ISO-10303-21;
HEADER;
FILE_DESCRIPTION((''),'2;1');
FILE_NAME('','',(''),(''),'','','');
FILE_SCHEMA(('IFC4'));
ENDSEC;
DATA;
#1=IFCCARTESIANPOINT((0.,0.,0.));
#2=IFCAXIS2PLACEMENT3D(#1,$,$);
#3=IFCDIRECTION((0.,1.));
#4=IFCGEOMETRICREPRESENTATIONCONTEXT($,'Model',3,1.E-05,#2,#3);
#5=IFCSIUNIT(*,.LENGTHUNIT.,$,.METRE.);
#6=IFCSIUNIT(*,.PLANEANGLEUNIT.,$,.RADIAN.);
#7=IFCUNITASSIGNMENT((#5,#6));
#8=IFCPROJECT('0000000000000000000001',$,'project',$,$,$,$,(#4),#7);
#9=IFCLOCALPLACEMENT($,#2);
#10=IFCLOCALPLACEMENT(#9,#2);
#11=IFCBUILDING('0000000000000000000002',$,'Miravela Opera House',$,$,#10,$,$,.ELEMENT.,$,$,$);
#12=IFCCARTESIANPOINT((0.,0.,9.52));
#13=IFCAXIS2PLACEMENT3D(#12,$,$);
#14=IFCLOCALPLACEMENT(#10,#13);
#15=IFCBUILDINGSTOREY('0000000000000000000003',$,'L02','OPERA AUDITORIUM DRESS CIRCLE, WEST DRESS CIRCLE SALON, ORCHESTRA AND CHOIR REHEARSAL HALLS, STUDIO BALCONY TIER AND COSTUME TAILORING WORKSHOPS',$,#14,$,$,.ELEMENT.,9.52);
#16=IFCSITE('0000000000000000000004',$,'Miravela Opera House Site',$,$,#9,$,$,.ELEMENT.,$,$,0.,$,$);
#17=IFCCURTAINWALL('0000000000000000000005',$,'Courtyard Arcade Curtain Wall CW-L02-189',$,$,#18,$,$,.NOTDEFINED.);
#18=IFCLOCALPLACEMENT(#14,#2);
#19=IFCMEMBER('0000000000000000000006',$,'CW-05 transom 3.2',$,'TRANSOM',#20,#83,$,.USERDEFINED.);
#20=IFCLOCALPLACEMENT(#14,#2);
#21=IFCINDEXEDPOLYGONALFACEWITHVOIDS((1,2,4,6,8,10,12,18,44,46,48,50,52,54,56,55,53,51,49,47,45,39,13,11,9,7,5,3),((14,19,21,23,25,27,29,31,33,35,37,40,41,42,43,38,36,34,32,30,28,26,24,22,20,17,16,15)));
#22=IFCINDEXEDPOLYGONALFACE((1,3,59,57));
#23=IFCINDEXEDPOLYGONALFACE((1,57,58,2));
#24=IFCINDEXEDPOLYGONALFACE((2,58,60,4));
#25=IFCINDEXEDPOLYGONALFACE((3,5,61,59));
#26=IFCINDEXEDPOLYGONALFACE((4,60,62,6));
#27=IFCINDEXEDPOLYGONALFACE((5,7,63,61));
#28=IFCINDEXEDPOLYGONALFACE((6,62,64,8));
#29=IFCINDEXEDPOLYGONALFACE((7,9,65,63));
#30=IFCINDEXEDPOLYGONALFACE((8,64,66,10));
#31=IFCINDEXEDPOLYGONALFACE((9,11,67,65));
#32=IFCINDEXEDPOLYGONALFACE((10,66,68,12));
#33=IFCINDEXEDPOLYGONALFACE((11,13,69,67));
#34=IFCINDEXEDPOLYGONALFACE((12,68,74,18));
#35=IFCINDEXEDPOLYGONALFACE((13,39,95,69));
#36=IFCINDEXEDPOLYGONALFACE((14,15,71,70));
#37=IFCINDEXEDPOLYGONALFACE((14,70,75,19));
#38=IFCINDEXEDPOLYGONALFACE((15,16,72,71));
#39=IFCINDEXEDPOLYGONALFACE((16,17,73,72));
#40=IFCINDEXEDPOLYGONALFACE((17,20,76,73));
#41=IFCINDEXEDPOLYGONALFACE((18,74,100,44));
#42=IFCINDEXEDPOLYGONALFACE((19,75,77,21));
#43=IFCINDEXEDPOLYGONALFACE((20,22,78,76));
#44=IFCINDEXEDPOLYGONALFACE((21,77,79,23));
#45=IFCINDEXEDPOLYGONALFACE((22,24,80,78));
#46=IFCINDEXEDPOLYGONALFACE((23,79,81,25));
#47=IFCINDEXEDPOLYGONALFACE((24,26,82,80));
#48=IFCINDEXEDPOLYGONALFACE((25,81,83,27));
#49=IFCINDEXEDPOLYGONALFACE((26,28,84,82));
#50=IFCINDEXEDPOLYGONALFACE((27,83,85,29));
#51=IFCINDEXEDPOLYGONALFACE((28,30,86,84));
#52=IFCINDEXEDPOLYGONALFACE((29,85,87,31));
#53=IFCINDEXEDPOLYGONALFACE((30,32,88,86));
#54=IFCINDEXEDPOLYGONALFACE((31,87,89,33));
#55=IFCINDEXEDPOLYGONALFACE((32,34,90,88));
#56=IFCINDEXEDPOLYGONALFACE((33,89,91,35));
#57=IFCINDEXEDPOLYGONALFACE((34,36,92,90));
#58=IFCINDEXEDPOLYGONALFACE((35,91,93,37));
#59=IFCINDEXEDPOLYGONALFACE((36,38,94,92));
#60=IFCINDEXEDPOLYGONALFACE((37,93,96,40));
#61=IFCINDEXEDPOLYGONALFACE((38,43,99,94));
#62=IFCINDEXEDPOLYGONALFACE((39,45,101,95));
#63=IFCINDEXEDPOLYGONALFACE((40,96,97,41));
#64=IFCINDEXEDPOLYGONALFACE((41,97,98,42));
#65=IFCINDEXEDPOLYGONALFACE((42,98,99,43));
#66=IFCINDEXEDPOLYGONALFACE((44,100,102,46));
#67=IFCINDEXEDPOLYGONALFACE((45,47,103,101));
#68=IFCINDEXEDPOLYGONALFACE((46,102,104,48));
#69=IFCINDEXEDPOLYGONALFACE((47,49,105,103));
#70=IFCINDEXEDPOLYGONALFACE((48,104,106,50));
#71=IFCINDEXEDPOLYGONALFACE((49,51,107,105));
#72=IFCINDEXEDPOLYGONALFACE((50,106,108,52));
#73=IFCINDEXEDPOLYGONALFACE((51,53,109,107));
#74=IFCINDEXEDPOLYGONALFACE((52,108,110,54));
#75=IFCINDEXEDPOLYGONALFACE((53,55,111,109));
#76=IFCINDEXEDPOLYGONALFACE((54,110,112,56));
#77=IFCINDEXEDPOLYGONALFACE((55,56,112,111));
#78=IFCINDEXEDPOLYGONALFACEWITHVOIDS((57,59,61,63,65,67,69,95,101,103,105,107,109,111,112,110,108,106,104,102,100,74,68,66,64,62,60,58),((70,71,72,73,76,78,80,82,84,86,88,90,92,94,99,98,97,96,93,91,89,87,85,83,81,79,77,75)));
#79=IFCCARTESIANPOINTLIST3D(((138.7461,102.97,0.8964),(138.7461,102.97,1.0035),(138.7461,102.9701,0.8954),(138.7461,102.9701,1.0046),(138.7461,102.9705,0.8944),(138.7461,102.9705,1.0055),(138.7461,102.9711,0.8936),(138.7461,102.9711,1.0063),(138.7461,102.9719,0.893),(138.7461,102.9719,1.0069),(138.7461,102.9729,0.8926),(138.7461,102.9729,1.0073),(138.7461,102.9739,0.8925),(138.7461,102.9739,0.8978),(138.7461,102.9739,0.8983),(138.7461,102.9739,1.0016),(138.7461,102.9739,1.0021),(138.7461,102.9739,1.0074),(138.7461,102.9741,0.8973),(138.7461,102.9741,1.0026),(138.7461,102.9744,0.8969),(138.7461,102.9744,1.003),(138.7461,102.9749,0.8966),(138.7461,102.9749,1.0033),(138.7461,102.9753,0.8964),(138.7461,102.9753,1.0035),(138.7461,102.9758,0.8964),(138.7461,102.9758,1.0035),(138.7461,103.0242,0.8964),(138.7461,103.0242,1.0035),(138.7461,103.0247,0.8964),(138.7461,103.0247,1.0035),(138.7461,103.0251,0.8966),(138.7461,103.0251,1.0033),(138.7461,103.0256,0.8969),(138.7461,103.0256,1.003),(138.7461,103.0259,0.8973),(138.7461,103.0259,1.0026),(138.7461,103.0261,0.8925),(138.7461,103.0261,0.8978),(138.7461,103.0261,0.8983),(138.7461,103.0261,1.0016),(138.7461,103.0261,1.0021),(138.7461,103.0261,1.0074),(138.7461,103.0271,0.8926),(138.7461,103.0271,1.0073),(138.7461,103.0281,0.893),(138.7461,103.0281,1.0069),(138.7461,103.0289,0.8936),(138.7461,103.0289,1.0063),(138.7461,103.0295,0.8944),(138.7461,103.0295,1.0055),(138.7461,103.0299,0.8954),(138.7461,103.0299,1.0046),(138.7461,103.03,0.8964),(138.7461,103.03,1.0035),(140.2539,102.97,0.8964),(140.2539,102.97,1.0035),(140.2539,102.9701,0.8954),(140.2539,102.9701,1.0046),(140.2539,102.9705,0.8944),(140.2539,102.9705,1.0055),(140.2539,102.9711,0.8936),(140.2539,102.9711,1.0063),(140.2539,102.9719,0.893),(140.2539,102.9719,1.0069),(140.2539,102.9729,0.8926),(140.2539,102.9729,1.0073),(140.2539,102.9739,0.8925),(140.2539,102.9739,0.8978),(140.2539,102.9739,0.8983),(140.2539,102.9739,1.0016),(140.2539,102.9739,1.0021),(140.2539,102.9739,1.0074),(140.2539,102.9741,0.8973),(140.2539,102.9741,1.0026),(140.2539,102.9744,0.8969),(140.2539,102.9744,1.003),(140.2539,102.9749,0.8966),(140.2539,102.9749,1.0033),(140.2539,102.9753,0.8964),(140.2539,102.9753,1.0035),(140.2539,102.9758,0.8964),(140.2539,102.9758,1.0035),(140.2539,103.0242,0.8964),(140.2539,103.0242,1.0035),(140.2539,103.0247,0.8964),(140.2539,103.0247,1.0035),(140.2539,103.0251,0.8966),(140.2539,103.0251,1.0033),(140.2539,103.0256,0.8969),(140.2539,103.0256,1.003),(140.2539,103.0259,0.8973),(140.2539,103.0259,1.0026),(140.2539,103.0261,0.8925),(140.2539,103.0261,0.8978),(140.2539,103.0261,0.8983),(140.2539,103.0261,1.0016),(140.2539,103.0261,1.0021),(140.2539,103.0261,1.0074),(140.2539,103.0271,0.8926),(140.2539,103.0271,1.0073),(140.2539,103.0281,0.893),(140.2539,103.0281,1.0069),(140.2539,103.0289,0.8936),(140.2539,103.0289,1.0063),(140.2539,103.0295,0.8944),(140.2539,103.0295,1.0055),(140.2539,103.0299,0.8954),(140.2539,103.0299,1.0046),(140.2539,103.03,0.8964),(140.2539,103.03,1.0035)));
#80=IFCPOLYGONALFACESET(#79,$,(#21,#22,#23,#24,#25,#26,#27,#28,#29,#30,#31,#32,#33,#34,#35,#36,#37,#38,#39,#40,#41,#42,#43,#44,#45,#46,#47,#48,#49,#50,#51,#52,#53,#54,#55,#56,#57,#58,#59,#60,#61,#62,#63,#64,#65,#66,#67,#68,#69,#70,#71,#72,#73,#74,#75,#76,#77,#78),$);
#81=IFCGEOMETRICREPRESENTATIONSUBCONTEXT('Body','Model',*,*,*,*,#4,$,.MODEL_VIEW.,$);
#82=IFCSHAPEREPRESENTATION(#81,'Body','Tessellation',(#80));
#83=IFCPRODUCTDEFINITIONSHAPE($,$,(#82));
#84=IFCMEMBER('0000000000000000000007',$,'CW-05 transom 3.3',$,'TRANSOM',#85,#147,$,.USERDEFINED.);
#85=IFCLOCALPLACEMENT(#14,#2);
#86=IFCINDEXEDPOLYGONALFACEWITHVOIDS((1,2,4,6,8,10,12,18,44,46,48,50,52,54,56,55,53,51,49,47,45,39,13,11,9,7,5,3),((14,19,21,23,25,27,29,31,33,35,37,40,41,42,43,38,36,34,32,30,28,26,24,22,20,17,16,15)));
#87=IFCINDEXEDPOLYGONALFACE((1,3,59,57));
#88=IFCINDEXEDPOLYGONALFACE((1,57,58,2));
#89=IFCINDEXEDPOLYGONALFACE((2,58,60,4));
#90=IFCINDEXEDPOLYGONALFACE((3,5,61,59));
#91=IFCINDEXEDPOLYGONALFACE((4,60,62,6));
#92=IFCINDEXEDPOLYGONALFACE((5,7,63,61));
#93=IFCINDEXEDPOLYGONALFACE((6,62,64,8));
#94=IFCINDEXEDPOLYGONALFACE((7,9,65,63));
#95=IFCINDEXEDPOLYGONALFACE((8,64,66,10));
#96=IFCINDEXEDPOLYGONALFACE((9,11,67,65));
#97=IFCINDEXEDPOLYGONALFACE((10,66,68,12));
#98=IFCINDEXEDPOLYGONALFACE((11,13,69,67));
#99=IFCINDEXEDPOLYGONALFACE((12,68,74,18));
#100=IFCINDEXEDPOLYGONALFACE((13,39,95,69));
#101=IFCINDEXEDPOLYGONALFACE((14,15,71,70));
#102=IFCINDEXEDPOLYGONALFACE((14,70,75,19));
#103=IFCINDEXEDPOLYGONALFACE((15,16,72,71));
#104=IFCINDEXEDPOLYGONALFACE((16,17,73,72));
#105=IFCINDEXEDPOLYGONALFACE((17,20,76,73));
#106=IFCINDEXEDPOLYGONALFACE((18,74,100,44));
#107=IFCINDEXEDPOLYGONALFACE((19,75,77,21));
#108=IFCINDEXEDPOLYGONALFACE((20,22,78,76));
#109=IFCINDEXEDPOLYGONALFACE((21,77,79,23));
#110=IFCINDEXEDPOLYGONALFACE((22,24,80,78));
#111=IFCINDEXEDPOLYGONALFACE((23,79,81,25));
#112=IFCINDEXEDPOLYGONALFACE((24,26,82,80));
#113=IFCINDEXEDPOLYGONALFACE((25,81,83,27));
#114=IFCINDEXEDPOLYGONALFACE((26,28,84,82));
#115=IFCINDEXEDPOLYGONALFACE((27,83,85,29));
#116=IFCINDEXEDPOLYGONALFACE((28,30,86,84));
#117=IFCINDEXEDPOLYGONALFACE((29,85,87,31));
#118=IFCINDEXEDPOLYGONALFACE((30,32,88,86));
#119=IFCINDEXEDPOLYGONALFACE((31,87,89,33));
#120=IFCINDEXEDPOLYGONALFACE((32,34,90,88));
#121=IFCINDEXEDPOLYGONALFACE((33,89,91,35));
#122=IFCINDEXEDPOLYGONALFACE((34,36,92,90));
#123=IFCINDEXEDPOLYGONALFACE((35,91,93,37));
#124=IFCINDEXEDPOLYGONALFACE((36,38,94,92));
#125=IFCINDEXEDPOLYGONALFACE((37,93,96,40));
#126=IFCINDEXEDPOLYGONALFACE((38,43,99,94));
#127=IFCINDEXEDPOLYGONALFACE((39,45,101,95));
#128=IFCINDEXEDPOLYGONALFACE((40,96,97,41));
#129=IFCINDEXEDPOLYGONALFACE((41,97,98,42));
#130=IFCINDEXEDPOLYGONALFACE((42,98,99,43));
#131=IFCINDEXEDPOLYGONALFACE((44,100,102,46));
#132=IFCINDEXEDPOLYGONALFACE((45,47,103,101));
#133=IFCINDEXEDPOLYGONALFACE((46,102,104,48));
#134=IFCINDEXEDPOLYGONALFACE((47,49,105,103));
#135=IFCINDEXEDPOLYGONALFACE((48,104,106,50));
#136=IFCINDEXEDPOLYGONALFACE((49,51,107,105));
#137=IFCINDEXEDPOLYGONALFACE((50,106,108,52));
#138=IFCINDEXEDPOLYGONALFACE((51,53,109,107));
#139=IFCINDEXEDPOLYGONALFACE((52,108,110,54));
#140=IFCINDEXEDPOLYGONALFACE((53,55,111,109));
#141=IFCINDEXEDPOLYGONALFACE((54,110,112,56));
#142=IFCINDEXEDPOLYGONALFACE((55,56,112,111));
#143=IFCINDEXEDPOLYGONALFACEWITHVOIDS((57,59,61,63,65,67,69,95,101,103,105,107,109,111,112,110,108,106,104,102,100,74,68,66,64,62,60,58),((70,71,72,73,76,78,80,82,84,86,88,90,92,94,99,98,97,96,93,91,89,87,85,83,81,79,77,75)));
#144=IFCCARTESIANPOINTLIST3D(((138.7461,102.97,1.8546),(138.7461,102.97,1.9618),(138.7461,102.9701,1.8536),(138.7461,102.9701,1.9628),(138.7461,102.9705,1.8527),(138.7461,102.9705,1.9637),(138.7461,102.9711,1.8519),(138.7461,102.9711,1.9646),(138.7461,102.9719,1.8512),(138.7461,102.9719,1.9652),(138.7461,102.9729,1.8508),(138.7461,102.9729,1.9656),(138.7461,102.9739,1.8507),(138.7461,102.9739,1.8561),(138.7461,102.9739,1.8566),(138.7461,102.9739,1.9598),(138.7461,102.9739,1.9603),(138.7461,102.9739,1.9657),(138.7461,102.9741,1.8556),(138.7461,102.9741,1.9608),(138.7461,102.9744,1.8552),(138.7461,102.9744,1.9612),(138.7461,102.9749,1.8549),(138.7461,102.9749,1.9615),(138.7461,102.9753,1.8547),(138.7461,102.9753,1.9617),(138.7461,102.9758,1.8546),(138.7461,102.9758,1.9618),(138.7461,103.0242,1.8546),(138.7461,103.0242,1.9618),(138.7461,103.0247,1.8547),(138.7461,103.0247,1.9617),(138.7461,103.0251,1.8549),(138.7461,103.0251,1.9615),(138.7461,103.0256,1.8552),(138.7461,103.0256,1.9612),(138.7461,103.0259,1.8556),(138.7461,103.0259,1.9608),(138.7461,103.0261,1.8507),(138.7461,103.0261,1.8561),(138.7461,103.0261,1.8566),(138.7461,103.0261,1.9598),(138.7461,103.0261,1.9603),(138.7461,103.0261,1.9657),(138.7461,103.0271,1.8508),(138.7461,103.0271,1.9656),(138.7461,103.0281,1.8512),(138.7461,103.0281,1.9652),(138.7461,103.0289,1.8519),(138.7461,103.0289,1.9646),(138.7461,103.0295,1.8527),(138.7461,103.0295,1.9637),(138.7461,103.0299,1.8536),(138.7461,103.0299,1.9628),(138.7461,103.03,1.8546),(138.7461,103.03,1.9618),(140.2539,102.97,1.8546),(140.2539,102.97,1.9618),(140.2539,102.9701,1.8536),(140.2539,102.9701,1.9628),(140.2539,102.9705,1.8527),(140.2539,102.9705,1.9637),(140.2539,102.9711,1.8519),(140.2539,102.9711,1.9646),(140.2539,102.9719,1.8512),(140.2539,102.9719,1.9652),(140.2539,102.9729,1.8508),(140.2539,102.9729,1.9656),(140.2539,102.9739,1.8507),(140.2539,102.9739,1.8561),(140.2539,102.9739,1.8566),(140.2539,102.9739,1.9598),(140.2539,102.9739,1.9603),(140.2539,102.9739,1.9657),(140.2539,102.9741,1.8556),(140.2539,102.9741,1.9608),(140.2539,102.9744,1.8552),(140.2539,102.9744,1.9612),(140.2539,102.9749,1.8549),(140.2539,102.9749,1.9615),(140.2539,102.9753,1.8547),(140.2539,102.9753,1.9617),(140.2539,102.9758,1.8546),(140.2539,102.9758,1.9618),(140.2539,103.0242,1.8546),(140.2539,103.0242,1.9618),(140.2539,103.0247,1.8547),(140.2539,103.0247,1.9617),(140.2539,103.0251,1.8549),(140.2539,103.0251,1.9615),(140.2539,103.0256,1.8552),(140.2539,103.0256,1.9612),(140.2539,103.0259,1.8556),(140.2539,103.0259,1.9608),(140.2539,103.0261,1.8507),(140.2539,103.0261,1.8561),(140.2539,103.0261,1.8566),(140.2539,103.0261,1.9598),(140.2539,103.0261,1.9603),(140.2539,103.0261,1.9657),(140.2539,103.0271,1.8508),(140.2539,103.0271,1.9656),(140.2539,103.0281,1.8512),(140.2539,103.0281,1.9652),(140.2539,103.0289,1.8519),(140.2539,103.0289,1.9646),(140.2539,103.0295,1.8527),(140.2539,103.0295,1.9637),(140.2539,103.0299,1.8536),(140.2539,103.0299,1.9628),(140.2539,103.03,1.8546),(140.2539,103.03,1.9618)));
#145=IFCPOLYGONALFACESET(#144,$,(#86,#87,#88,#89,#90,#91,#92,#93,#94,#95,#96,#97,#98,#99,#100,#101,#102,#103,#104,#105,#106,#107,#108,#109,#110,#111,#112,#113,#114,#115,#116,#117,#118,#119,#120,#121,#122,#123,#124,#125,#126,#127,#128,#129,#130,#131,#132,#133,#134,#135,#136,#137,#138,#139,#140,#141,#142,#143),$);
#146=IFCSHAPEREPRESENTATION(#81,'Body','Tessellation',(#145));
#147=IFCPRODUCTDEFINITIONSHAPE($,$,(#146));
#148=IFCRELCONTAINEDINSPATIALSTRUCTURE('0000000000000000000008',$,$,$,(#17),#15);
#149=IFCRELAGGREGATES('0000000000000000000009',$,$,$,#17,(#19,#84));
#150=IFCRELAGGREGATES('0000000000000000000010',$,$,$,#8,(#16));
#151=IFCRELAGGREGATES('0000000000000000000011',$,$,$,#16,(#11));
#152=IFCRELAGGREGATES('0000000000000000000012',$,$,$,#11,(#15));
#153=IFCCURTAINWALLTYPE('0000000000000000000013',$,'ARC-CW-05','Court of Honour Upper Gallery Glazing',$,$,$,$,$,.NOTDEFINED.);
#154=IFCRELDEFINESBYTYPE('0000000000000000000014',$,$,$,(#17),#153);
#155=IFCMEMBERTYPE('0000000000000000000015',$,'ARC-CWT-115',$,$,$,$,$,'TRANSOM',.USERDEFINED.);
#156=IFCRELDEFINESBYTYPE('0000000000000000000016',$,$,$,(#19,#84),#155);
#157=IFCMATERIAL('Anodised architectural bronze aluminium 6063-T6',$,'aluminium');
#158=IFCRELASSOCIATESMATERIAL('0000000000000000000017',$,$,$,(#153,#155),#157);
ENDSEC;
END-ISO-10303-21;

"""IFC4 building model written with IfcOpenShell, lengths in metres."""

from ifc_helpers import new_model, si_unit, direction, frame, origin, origin_2d, place, context, subcontext, project, spatial, hollow_rectangle, extrude, material, material_profile, profile_set, type_object, element, aggregate, save


model = new_model("IFC4")

# Units and contexts
model_context = context("Model", 3, precision=1e-05, world=origin(), true_north=direction((0.0, 1.0)))
body_context = subcontext(model_context, "Body", "Model", "MODEL_VIEW")
ifc_project = project(units=[si_unit("LENGTHUNIT", "METRE"), si_unit("PLANEANGLEUNIT", "RADIAN")], contexts=[model_context])

# Site, building, storey
site_placement = place(None, origin())
site = spatial("IfcSite", under=ifc_project, at=site_placement, Name="Miravela Opera House Site", CompositionType="ELEMENT", RefElevation=0.0)
building_placement = place(site_placement, origin())
building = spatial("IfcBuilding", under=site, at=building_placement, Name="Miravela Opera House", CompositionType="ELEMENT")
storey_placement = place(building_placement, frame((0.0, 0.0, 9.52)))
storey = spatial("IfcBuildingStorey", under=building, at=storey_placement, Name="L02", Description="OPERA AUDITORIUM DRESS CIRCLE, WEST DRESS CIRCLE SALON, ORCHESTRA AND CHOIR REHEARSAL HALLS, STUDIO BALCONY TIER AND COSTUME TAILORING WORKSHOPS", CompositionType="ELEMENT", Elevation=9.52)

# Curtain wall, members
ifc_material_1 = material(Name="Anodised architectural bronze aluminium 6063-T6", Category="aluminium")
curtain_wall_type = type_object("IfcCurtainWallType", Name="ARC-CW-05", Description="Court of Honour Upper Gallery Glazing", PredefinedType="NOTDEFINED", material=ifc_material_1)
curtain_wall_placement = place(storey_placement, origin())
curtain_wall = element("IfcCurtainWall", 1, at=curtain_wall_placement, inside=storey, type_object=curtain_wall_type, Name="Courtyard Arcade Curtain Wall CW-L02-189", PredefinedType="NOTDEFINED")
ifc_material_profile_1 = material_profile(ifc_material_1, hollow_rectangle(XDim=0.0601, YDim=0.115, WallThickness=0.0039, InnerFilletRadius=0.002, OuterFilletRadius=0.0039, at=origin_2d()), Name="CWT-60X115")
ifc_profile_set_1 = profile_set([ifc_material_profile_1])
member_type_1 = type_object("IfcMemberType", Name="ARC-CWT-115", ElementType="TRANSOM", PredefinedType="USERDEFINED", material=ifc_profile_set_1)
member_1_placement = place(storey_placement, frame((138.7461, 103.0, 0.95), z_axis=(1.0, 0.0, 0.0), x_axis=(0.0, 1.0, 0.0)))
member_1 = element("IfcMember", 2, at=member_1_placement, type_object=member_type_1, Name="CW-05 transom 3.2", ObjectType="TRANSOM", PredefinedType="USERDEFINED", context=body_context, shape_type="SweptSolid", body=[
    extrude(hollow_rectangle(XDim=0.0601, YDim=0.115, WallThickness=0.0039, InnerFilletRadius=0.002, OuterFilletRadius=0.0039, at=origin_2d()), origin(), (0.0, 0.0, 1.0), 1.5078),
])
member_2_placement = place(storey_placement, frame((138.7461, 103.0, 1.9082), z_axis=(1.0, 0.0, 0.0), x_axis=(0.0, 1.0, 0.0)))
member_2 = element("IfcMember", 3, at=member_2_placement, type_object=member_type_1, Name="CW-05 transom 3.3", ObjectType="TRANSOM", PredefinedType="USERDEFINED", context=body_context, shape_type="SweptSolid", body=[
    extrude(hollow_rectangle(XDim=0.0601, YDim=0.115, WallThickness=0.0039, InnerFilletRadius=0.002, OuterFilletRadius=0.0039, at=origin_2d()), origin(), (0.0, 0.0, 1.0), 1.5078),
])

aggregate(curtain_wall, [member_1, member_2])

save(model, "model.ifc")
